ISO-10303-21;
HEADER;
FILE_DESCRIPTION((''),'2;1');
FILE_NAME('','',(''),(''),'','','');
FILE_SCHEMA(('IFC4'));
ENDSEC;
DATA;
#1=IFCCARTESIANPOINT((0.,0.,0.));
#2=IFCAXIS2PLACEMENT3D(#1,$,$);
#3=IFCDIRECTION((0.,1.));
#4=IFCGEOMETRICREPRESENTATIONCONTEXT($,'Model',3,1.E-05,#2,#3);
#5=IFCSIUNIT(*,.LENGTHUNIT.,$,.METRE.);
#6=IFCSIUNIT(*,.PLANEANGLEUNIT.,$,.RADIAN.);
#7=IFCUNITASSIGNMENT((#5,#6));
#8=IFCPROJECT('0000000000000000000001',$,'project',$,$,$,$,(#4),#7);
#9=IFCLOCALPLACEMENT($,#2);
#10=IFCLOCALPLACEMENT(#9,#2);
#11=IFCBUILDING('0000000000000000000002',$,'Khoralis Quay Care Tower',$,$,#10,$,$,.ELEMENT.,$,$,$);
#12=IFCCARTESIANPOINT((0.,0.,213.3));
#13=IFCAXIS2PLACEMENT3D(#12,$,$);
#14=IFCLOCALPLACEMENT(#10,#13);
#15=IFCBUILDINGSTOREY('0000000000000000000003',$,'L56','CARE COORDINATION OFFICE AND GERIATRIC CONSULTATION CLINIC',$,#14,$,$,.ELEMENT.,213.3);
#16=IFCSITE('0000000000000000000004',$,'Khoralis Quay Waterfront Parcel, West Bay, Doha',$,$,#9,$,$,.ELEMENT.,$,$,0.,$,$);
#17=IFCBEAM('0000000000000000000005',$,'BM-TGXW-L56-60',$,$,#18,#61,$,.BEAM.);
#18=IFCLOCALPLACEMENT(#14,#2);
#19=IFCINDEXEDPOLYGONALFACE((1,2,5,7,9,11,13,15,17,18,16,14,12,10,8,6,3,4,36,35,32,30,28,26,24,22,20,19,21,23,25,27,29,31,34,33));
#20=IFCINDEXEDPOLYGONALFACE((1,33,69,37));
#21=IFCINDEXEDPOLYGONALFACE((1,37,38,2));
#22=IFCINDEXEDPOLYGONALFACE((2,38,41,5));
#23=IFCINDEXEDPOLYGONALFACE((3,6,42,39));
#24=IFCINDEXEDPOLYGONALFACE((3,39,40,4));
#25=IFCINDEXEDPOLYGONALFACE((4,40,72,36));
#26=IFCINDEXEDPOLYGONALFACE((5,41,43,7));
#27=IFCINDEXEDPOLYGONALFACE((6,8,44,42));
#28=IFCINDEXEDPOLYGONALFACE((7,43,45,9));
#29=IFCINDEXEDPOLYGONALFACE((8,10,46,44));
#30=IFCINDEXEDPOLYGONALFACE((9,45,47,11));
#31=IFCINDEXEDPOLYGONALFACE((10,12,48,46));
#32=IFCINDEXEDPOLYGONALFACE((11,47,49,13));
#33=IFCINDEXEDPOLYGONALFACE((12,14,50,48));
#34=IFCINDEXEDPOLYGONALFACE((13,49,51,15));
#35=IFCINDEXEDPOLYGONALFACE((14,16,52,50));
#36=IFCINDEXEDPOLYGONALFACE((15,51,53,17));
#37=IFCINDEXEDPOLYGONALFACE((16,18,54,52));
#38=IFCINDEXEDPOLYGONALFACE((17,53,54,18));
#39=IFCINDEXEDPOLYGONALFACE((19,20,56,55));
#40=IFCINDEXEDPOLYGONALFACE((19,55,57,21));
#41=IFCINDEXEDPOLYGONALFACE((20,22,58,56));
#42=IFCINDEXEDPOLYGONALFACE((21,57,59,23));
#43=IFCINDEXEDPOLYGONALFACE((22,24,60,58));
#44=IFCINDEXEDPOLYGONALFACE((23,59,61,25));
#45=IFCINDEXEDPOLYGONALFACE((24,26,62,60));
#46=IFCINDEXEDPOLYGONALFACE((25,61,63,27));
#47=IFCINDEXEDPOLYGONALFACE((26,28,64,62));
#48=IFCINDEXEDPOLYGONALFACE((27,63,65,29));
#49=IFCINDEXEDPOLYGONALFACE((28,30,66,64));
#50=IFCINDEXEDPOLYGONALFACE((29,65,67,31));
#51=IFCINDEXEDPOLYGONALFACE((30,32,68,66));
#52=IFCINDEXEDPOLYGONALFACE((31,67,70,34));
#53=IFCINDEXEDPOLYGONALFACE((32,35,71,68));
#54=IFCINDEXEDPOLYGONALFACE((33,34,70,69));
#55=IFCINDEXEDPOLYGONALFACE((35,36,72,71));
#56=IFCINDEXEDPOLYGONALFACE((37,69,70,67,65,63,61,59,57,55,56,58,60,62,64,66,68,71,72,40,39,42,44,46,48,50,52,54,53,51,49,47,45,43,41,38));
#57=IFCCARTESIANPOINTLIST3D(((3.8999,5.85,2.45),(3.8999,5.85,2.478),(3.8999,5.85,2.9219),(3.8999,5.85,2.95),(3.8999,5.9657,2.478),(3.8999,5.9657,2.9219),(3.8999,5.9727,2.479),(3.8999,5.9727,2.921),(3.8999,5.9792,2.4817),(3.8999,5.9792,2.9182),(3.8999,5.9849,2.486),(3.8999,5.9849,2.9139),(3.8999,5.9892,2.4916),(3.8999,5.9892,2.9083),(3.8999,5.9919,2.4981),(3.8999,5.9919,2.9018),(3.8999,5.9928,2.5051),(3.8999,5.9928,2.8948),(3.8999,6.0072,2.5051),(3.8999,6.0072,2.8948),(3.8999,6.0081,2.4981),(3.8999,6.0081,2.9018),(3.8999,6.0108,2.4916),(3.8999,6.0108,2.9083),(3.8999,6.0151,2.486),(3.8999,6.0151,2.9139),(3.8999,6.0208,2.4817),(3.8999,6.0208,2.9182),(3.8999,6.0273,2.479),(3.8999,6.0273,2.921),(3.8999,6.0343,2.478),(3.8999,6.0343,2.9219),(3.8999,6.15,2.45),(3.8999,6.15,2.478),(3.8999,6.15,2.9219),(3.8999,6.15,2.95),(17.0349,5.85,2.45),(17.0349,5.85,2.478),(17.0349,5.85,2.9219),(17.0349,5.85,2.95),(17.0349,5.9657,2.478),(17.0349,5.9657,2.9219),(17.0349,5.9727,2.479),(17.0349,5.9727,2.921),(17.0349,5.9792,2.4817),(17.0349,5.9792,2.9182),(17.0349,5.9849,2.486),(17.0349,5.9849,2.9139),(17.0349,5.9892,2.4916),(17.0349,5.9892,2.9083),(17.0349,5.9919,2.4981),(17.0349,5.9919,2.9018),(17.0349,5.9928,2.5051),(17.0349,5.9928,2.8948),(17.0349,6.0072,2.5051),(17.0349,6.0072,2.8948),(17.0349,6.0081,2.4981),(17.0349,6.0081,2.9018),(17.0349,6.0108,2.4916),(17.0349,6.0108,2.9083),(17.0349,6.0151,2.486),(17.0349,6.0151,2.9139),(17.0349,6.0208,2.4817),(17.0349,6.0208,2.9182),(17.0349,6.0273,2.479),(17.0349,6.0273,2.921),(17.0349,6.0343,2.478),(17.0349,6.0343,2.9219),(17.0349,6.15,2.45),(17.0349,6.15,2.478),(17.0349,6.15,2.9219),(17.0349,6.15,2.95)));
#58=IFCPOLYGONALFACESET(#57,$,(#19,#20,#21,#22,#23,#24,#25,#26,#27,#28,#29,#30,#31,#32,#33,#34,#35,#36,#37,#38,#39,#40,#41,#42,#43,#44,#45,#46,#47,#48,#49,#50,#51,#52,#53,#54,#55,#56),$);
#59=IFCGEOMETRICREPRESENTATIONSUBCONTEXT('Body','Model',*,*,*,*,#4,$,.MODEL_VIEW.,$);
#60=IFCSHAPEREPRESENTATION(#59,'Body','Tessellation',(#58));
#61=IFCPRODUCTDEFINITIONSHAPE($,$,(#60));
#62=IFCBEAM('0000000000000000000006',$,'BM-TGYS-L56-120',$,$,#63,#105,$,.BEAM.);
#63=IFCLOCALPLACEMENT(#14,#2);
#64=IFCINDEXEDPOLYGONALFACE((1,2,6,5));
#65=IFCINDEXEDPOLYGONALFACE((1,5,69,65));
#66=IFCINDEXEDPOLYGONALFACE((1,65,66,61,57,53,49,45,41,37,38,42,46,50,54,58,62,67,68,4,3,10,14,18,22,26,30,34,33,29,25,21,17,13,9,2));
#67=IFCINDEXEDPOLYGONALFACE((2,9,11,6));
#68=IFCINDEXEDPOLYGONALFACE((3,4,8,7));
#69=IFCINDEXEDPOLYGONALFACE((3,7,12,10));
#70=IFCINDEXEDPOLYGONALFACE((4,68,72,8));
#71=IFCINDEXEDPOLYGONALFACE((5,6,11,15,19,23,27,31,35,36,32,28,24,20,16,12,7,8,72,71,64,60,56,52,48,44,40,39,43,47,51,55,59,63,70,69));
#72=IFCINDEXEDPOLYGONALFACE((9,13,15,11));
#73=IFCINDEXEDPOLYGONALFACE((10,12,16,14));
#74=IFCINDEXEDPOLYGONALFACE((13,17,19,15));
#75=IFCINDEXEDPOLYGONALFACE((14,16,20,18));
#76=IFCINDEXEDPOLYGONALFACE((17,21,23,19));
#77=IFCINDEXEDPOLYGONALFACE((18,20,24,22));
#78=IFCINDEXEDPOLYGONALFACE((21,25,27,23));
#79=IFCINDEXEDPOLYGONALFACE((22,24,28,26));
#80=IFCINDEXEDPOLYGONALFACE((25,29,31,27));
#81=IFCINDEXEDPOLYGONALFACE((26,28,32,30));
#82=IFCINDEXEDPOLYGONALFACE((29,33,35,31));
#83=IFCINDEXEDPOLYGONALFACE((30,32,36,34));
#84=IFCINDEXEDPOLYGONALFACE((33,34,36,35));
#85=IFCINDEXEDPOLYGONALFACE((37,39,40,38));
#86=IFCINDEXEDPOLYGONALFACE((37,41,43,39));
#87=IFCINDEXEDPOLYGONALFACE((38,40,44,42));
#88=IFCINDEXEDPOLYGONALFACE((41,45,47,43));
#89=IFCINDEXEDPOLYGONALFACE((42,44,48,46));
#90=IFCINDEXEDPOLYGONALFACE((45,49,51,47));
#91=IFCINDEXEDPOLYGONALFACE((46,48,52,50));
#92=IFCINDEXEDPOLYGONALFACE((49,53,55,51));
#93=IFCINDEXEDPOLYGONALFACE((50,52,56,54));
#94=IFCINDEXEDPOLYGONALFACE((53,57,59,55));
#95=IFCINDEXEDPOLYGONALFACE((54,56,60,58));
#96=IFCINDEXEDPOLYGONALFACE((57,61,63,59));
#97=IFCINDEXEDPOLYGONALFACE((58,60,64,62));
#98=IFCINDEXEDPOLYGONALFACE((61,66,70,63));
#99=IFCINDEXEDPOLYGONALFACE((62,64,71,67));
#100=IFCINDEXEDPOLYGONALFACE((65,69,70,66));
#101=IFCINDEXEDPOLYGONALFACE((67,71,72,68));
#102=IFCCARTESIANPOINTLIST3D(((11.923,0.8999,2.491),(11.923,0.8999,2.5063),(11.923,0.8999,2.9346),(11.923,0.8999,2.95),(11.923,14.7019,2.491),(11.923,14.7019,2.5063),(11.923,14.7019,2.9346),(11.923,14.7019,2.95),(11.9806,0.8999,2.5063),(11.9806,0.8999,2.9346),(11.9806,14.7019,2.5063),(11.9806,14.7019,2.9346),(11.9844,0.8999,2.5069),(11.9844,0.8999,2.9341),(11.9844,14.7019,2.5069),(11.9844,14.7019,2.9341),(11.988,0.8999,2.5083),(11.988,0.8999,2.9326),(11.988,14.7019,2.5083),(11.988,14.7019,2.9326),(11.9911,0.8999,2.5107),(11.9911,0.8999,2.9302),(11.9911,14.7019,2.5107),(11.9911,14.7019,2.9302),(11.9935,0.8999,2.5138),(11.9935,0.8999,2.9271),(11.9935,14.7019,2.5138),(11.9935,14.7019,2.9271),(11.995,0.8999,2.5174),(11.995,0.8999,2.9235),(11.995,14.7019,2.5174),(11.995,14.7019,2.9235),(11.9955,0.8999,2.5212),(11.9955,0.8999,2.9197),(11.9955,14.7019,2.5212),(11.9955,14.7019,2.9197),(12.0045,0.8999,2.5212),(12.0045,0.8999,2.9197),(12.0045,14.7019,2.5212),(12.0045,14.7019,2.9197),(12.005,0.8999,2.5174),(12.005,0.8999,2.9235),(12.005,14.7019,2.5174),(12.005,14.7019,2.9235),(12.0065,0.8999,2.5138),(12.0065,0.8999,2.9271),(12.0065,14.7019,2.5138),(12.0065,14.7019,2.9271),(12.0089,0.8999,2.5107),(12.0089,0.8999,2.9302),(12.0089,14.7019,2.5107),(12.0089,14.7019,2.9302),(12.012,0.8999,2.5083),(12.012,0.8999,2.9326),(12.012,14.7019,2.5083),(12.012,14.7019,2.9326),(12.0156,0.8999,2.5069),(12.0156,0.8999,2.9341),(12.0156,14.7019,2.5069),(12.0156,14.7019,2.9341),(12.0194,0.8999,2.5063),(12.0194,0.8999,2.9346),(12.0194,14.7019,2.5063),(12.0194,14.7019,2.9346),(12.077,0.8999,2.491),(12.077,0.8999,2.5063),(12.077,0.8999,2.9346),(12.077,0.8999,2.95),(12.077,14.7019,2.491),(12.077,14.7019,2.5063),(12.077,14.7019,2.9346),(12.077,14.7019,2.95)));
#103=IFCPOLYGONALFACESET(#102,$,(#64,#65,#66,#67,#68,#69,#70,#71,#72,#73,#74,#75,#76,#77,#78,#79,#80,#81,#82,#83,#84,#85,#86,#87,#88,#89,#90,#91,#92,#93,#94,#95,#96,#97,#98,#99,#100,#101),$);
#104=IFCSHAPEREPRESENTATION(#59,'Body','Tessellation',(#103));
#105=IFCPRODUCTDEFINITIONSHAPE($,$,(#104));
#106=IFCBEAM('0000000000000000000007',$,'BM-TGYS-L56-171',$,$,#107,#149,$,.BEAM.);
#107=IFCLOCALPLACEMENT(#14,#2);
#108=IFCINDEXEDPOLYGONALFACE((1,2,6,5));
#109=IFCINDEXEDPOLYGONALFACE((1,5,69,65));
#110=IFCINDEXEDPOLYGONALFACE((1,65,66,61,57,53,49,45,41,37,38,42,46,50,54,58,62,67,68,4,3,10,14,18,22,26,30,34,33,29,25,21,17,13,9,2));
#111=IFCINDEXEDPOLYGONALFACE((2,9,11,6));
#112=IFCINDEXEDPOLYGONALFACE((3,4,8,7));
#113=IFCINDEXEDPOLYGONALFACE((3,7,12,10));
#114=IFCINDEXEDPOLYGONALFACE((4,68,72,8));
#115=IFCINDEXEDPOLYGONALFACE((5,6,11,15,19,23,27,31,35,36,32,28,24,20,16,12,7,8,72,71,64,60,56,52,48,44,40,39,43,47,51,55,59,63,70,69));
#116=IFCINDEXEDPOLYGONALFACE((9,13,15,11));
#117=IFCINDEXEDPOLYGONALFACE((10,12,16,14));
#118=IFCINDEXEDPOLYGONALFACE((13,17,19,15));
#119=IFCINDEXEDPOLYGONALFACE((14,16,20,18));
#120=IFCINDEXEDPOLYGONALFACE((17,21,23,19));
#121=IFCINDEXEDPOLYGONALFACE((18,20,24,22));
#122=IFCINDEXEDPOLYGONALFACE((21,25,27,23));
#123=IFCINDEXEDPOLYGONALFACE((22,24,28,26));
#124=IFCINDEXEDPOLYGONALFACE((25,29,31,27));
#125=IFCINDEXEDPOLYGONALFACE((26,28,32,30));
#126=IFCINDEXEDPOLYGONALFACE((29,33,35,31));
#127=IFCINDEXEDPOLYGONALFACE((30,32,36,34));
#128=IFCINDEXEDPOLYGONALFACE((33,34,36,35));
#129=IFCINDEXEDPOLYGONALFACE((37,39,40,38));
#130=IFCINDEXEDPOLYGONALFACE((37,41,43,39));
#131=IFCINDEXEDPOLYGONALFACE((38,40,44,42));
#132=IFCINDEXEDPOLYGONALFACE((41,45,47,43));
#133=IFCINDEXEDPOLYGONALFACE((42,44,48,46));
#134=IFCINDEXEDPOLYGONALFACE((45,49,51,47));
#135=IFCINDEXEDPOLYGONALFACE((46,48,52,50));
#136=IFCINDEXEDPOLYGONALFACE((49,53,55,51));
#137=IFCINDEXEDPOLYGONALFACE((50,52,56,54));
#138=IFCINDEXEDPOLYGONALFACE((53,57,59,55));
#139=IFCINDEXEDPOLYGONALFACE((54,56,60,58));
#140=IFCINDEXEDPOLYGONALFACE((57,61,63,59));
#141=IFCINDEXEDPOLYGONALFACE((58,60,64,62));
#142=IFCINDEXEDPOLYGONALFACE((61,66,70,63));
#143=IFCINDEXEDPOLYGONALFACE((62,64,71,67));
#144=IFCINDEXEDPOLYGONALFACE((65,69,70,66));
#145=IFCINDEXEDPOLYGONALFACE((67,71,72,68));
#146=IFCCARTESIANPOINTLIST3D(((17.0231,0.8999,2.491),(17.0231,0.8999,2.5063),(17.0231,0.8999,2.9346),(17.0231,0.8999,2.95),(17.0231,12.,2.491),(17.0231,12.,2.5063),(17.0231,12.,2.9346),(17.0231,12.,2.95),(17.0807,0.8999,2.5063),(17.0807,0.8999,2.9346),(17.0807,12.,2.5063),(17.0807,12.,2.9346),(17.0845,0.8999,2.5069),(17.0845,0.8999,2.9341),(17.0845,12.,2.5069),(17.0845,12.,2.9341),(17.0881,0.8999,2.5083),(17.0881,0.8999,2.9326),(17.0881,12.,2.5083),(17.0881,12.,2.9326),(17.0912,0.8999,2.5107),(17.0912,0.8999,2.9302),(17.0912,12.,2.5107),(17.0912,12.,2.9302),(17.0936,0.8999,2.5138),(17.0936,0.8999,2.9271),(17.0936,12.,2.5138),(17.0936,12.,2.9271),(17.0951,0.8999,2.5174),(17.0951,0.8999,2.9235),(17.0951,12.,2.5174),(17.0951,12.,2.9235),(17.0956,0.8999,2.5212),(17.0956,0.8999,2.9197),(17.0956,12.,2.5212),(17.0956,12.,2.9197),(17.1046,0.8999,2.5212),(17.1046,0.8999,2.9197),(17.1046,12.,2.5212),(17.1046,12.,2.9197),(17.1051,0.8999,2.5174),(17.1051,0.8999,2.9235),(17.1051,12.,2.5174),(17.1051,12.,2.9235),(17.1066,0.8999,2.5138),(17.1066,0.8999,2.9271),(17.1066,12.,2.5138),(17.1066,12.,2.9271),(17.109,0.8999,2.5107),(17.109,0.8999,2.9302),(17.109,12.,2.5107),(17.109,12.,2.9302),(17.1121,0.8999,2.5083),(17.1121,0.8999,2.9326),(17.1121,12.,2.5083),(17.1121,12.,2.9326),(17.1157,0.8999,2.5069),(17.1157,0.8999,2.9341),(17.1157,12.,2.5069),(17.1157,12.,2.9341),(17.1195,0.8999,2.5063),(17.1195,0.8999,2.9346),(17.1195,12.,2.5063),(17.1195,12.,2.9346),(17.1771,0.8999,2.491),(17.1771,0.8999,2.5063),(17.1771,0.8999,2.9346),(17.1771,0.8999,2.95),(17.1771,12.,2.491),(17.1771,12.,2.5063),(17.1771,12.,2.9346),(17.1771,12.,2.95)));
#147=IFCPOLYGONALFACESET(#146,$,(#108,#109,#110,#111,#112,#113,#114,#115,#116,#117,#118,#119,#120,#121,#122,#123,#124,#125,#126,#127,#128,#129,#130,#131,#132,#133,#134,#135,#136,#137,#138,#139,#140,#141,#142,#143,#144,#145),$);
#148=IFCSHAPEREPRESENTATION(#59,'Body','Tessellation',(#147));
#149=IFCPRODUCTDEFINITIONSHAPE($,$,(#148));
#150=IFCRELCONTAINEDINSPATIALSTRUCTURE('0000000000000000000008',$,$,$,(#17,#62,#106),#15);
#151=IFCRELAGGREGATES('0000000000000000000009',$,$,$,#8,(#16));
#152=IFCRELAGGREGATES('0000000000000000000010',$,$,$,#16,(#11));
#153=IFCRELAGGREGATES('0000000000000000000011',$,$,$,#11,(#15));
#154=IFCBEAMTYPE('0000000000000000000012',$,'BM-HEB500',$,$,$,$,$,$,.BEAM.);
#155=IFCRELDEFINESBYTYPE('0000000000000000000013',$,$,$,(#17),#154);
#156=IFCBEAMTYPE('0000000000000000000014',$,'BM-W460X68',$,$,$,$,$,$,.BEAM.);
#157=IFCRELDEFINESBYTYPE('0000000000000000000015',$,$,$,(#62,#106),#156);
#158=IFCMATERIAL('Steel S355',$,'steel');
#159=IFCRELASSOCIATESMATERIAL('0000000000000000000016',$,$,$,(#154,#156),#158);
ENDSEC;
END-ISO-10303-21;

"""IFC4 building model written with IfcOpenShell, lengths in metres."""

from ifc_helpers import new_model, si_unit, direction, frame, origin, origin_2d, place, context, subcontext, project, spatial, i_section, extrude, source, transform, mapped, material, material_profile, profile_set, type_object, element, save


model = new_model("IFC4")

# Units and contexts
model_context = context("Model", 3, precision=1e-05, world=origin(), true_north=direction((0.0, 1.0)))
body_context = subcontext(model_context, "Body", "Model", "MODEL_VIEW")
ifc_project = project(units=[si_unit("LENGTHUNIT", "METRE"), si_unit("PLANEANGLEUNIT", "RADIAN")], contexts=[model_context])

# Site, building, storey
site_placement = place(None, origin())
site = spatial("IfcSite", under=ifc_project, at=site_placement, Name="Khoralis Quay Waterfront Parcel, West Bay, Doha", CompositionType="ELEMENT", RefElevation=0.0)
building_placement = place(site_placement, origin())
building = spatial("IfcBuilding", under=site, at=building_placement, Name="Khoralis Quay Care Tower", CompositionType="ELEMENT")
storey_placement = place(building_placement, frame((0.0, 0.0, 213.3)))
storey = spatial("IfcBuildingStorey", under=building, at=storey_placement, Name="L56", Description="CARE COORDINATION OFFICE AND GERIATRIC CONSULTATION CLINIC", CompositionType="ELEMENT", Elevation=213.3)

# Beams
ifc_material_1 = material(Name="Steel S355", Category="steel")
ifc_material_profile_1 = material_profile(ifc_material_1, i_section(OverallWidth=0.3, OverallDepth=0.5, WebThickness=0.0144, FlangeThickness=0.0281, FilletRadius=0.0271, at=origin_2d()), Name="Steel S355")
ifc_profile_set_1 = profile_set([ifc_material_profile_1], Name="Steel S355")
beam_type_1 = type_object("IfcBeamType", Name="BM-HEB500", PredefinedType="BEAM", material=ifc_profile_set_1)
shared_shape_1 = source(origin(), body_context, "Body", "SweptSolid", [
    extrude(i_section(OverallWidth=0.3, OverallDepth=0.5, WebThickness=0.0144, FlangeThickness=0.0281, FilletRadius=0.0271, at=origin_2d()), origin(), (0.0, 0.0, 1.0), 13.135),
])
beam_1_placement = place(storey_placement, frame((3.8999, 6.0, 2.7), z_axis=(1.0, 0.0, 0.0), x_axis=(0.0, 1.0, 0.0)))
element("IfcBeam", 1, at=beam_1_placement, inside=storey, type_object=beam_type_1, Name="BM-TGXW-L56-60", PredefinedType="BEAM", context=body_context, shape_type="MappedRepresentation", body=[
    mapped(shared_shape_1, transform((0.0, 0.0, 0.0), scale=1.0)),
])
ifc_material_profile_2 = material_profile(ifc_material_1, i_section(OverallWidth=0.1541, OverallDepth=0.459, WebThickness=0.009, FlangeThickness=0.0154, FilletRadius=0.0149, at=origin_2d()), Name="Steel S355")
ifc_profile_set_2 = profile_set([ifc_material_profile_2], Name="Steel S355")
beam_type_2 = type_object("IfcBeamType", Name="BM-W460X68", PredefinedType="BEAM", material=ifc_profile_set_2)
shared_shape_2 = source(origin(), body_context, "Body", "SweptSolid", [
    extrude(i_section(OverallWidth=0.1541, OverallDepth=0.459, WebThickness=0.009, FlangeThickness=0.0154, FilletRadius=0.0149, at=origin_2d()), origin(), (0.0, 0.0, 1.0), 13.802),
])
beam_2_placement = place(storey_placement, frame((12.0, 0.8999, 2.7205), z_axis=(0.0, 1.0, 0.0), x_axis=(-1.0, 0.0, 0.0)))
element("IfcBeam", 2, at=beam_2_placement, inside=storey, type_object=beam_type_2, Name="BM-TGYS-L56-120", PredefinedType="BEAM", context=body_context, shape_type="MappedRepresentation", body=[
    mapped(shared_shape_2, transform((0.0, 0.0, 0.0), scale=1.0)),
])
shared_shape_3 = source(origin(), body_context, "Body", "SweptSolid", [
    extrude(i_section(OverallWidth=0.1541, OverallDepth=0.459, WebThickness=0.009, FlangeThickness=0.0154, FilletRadius=0.0149, at=origin_2d()), origin(), (0.0, 0.0, 1.0), 11.1001),
])
beam_3_placement = place(storey_placement, frame((17.1001, 0.8999, 2.7205), z_axis=(0.0, 1.0, 0.0), x_axis=(-1.0, 0.0, 0.0)))
element("IfcBeam", 3, at=beam_3_placement, inside=storey, type_object=beam_type_2, Name="BM-TGYS-L56-171", PredefinedType="BEAM", context=body_context, shape_type="MappedRepresentation", body=[
    mapped(shared_shape_3, transform((0.0, 0.0, 0.0), scale=1.0)),
])

save(model, "model.ifc")
